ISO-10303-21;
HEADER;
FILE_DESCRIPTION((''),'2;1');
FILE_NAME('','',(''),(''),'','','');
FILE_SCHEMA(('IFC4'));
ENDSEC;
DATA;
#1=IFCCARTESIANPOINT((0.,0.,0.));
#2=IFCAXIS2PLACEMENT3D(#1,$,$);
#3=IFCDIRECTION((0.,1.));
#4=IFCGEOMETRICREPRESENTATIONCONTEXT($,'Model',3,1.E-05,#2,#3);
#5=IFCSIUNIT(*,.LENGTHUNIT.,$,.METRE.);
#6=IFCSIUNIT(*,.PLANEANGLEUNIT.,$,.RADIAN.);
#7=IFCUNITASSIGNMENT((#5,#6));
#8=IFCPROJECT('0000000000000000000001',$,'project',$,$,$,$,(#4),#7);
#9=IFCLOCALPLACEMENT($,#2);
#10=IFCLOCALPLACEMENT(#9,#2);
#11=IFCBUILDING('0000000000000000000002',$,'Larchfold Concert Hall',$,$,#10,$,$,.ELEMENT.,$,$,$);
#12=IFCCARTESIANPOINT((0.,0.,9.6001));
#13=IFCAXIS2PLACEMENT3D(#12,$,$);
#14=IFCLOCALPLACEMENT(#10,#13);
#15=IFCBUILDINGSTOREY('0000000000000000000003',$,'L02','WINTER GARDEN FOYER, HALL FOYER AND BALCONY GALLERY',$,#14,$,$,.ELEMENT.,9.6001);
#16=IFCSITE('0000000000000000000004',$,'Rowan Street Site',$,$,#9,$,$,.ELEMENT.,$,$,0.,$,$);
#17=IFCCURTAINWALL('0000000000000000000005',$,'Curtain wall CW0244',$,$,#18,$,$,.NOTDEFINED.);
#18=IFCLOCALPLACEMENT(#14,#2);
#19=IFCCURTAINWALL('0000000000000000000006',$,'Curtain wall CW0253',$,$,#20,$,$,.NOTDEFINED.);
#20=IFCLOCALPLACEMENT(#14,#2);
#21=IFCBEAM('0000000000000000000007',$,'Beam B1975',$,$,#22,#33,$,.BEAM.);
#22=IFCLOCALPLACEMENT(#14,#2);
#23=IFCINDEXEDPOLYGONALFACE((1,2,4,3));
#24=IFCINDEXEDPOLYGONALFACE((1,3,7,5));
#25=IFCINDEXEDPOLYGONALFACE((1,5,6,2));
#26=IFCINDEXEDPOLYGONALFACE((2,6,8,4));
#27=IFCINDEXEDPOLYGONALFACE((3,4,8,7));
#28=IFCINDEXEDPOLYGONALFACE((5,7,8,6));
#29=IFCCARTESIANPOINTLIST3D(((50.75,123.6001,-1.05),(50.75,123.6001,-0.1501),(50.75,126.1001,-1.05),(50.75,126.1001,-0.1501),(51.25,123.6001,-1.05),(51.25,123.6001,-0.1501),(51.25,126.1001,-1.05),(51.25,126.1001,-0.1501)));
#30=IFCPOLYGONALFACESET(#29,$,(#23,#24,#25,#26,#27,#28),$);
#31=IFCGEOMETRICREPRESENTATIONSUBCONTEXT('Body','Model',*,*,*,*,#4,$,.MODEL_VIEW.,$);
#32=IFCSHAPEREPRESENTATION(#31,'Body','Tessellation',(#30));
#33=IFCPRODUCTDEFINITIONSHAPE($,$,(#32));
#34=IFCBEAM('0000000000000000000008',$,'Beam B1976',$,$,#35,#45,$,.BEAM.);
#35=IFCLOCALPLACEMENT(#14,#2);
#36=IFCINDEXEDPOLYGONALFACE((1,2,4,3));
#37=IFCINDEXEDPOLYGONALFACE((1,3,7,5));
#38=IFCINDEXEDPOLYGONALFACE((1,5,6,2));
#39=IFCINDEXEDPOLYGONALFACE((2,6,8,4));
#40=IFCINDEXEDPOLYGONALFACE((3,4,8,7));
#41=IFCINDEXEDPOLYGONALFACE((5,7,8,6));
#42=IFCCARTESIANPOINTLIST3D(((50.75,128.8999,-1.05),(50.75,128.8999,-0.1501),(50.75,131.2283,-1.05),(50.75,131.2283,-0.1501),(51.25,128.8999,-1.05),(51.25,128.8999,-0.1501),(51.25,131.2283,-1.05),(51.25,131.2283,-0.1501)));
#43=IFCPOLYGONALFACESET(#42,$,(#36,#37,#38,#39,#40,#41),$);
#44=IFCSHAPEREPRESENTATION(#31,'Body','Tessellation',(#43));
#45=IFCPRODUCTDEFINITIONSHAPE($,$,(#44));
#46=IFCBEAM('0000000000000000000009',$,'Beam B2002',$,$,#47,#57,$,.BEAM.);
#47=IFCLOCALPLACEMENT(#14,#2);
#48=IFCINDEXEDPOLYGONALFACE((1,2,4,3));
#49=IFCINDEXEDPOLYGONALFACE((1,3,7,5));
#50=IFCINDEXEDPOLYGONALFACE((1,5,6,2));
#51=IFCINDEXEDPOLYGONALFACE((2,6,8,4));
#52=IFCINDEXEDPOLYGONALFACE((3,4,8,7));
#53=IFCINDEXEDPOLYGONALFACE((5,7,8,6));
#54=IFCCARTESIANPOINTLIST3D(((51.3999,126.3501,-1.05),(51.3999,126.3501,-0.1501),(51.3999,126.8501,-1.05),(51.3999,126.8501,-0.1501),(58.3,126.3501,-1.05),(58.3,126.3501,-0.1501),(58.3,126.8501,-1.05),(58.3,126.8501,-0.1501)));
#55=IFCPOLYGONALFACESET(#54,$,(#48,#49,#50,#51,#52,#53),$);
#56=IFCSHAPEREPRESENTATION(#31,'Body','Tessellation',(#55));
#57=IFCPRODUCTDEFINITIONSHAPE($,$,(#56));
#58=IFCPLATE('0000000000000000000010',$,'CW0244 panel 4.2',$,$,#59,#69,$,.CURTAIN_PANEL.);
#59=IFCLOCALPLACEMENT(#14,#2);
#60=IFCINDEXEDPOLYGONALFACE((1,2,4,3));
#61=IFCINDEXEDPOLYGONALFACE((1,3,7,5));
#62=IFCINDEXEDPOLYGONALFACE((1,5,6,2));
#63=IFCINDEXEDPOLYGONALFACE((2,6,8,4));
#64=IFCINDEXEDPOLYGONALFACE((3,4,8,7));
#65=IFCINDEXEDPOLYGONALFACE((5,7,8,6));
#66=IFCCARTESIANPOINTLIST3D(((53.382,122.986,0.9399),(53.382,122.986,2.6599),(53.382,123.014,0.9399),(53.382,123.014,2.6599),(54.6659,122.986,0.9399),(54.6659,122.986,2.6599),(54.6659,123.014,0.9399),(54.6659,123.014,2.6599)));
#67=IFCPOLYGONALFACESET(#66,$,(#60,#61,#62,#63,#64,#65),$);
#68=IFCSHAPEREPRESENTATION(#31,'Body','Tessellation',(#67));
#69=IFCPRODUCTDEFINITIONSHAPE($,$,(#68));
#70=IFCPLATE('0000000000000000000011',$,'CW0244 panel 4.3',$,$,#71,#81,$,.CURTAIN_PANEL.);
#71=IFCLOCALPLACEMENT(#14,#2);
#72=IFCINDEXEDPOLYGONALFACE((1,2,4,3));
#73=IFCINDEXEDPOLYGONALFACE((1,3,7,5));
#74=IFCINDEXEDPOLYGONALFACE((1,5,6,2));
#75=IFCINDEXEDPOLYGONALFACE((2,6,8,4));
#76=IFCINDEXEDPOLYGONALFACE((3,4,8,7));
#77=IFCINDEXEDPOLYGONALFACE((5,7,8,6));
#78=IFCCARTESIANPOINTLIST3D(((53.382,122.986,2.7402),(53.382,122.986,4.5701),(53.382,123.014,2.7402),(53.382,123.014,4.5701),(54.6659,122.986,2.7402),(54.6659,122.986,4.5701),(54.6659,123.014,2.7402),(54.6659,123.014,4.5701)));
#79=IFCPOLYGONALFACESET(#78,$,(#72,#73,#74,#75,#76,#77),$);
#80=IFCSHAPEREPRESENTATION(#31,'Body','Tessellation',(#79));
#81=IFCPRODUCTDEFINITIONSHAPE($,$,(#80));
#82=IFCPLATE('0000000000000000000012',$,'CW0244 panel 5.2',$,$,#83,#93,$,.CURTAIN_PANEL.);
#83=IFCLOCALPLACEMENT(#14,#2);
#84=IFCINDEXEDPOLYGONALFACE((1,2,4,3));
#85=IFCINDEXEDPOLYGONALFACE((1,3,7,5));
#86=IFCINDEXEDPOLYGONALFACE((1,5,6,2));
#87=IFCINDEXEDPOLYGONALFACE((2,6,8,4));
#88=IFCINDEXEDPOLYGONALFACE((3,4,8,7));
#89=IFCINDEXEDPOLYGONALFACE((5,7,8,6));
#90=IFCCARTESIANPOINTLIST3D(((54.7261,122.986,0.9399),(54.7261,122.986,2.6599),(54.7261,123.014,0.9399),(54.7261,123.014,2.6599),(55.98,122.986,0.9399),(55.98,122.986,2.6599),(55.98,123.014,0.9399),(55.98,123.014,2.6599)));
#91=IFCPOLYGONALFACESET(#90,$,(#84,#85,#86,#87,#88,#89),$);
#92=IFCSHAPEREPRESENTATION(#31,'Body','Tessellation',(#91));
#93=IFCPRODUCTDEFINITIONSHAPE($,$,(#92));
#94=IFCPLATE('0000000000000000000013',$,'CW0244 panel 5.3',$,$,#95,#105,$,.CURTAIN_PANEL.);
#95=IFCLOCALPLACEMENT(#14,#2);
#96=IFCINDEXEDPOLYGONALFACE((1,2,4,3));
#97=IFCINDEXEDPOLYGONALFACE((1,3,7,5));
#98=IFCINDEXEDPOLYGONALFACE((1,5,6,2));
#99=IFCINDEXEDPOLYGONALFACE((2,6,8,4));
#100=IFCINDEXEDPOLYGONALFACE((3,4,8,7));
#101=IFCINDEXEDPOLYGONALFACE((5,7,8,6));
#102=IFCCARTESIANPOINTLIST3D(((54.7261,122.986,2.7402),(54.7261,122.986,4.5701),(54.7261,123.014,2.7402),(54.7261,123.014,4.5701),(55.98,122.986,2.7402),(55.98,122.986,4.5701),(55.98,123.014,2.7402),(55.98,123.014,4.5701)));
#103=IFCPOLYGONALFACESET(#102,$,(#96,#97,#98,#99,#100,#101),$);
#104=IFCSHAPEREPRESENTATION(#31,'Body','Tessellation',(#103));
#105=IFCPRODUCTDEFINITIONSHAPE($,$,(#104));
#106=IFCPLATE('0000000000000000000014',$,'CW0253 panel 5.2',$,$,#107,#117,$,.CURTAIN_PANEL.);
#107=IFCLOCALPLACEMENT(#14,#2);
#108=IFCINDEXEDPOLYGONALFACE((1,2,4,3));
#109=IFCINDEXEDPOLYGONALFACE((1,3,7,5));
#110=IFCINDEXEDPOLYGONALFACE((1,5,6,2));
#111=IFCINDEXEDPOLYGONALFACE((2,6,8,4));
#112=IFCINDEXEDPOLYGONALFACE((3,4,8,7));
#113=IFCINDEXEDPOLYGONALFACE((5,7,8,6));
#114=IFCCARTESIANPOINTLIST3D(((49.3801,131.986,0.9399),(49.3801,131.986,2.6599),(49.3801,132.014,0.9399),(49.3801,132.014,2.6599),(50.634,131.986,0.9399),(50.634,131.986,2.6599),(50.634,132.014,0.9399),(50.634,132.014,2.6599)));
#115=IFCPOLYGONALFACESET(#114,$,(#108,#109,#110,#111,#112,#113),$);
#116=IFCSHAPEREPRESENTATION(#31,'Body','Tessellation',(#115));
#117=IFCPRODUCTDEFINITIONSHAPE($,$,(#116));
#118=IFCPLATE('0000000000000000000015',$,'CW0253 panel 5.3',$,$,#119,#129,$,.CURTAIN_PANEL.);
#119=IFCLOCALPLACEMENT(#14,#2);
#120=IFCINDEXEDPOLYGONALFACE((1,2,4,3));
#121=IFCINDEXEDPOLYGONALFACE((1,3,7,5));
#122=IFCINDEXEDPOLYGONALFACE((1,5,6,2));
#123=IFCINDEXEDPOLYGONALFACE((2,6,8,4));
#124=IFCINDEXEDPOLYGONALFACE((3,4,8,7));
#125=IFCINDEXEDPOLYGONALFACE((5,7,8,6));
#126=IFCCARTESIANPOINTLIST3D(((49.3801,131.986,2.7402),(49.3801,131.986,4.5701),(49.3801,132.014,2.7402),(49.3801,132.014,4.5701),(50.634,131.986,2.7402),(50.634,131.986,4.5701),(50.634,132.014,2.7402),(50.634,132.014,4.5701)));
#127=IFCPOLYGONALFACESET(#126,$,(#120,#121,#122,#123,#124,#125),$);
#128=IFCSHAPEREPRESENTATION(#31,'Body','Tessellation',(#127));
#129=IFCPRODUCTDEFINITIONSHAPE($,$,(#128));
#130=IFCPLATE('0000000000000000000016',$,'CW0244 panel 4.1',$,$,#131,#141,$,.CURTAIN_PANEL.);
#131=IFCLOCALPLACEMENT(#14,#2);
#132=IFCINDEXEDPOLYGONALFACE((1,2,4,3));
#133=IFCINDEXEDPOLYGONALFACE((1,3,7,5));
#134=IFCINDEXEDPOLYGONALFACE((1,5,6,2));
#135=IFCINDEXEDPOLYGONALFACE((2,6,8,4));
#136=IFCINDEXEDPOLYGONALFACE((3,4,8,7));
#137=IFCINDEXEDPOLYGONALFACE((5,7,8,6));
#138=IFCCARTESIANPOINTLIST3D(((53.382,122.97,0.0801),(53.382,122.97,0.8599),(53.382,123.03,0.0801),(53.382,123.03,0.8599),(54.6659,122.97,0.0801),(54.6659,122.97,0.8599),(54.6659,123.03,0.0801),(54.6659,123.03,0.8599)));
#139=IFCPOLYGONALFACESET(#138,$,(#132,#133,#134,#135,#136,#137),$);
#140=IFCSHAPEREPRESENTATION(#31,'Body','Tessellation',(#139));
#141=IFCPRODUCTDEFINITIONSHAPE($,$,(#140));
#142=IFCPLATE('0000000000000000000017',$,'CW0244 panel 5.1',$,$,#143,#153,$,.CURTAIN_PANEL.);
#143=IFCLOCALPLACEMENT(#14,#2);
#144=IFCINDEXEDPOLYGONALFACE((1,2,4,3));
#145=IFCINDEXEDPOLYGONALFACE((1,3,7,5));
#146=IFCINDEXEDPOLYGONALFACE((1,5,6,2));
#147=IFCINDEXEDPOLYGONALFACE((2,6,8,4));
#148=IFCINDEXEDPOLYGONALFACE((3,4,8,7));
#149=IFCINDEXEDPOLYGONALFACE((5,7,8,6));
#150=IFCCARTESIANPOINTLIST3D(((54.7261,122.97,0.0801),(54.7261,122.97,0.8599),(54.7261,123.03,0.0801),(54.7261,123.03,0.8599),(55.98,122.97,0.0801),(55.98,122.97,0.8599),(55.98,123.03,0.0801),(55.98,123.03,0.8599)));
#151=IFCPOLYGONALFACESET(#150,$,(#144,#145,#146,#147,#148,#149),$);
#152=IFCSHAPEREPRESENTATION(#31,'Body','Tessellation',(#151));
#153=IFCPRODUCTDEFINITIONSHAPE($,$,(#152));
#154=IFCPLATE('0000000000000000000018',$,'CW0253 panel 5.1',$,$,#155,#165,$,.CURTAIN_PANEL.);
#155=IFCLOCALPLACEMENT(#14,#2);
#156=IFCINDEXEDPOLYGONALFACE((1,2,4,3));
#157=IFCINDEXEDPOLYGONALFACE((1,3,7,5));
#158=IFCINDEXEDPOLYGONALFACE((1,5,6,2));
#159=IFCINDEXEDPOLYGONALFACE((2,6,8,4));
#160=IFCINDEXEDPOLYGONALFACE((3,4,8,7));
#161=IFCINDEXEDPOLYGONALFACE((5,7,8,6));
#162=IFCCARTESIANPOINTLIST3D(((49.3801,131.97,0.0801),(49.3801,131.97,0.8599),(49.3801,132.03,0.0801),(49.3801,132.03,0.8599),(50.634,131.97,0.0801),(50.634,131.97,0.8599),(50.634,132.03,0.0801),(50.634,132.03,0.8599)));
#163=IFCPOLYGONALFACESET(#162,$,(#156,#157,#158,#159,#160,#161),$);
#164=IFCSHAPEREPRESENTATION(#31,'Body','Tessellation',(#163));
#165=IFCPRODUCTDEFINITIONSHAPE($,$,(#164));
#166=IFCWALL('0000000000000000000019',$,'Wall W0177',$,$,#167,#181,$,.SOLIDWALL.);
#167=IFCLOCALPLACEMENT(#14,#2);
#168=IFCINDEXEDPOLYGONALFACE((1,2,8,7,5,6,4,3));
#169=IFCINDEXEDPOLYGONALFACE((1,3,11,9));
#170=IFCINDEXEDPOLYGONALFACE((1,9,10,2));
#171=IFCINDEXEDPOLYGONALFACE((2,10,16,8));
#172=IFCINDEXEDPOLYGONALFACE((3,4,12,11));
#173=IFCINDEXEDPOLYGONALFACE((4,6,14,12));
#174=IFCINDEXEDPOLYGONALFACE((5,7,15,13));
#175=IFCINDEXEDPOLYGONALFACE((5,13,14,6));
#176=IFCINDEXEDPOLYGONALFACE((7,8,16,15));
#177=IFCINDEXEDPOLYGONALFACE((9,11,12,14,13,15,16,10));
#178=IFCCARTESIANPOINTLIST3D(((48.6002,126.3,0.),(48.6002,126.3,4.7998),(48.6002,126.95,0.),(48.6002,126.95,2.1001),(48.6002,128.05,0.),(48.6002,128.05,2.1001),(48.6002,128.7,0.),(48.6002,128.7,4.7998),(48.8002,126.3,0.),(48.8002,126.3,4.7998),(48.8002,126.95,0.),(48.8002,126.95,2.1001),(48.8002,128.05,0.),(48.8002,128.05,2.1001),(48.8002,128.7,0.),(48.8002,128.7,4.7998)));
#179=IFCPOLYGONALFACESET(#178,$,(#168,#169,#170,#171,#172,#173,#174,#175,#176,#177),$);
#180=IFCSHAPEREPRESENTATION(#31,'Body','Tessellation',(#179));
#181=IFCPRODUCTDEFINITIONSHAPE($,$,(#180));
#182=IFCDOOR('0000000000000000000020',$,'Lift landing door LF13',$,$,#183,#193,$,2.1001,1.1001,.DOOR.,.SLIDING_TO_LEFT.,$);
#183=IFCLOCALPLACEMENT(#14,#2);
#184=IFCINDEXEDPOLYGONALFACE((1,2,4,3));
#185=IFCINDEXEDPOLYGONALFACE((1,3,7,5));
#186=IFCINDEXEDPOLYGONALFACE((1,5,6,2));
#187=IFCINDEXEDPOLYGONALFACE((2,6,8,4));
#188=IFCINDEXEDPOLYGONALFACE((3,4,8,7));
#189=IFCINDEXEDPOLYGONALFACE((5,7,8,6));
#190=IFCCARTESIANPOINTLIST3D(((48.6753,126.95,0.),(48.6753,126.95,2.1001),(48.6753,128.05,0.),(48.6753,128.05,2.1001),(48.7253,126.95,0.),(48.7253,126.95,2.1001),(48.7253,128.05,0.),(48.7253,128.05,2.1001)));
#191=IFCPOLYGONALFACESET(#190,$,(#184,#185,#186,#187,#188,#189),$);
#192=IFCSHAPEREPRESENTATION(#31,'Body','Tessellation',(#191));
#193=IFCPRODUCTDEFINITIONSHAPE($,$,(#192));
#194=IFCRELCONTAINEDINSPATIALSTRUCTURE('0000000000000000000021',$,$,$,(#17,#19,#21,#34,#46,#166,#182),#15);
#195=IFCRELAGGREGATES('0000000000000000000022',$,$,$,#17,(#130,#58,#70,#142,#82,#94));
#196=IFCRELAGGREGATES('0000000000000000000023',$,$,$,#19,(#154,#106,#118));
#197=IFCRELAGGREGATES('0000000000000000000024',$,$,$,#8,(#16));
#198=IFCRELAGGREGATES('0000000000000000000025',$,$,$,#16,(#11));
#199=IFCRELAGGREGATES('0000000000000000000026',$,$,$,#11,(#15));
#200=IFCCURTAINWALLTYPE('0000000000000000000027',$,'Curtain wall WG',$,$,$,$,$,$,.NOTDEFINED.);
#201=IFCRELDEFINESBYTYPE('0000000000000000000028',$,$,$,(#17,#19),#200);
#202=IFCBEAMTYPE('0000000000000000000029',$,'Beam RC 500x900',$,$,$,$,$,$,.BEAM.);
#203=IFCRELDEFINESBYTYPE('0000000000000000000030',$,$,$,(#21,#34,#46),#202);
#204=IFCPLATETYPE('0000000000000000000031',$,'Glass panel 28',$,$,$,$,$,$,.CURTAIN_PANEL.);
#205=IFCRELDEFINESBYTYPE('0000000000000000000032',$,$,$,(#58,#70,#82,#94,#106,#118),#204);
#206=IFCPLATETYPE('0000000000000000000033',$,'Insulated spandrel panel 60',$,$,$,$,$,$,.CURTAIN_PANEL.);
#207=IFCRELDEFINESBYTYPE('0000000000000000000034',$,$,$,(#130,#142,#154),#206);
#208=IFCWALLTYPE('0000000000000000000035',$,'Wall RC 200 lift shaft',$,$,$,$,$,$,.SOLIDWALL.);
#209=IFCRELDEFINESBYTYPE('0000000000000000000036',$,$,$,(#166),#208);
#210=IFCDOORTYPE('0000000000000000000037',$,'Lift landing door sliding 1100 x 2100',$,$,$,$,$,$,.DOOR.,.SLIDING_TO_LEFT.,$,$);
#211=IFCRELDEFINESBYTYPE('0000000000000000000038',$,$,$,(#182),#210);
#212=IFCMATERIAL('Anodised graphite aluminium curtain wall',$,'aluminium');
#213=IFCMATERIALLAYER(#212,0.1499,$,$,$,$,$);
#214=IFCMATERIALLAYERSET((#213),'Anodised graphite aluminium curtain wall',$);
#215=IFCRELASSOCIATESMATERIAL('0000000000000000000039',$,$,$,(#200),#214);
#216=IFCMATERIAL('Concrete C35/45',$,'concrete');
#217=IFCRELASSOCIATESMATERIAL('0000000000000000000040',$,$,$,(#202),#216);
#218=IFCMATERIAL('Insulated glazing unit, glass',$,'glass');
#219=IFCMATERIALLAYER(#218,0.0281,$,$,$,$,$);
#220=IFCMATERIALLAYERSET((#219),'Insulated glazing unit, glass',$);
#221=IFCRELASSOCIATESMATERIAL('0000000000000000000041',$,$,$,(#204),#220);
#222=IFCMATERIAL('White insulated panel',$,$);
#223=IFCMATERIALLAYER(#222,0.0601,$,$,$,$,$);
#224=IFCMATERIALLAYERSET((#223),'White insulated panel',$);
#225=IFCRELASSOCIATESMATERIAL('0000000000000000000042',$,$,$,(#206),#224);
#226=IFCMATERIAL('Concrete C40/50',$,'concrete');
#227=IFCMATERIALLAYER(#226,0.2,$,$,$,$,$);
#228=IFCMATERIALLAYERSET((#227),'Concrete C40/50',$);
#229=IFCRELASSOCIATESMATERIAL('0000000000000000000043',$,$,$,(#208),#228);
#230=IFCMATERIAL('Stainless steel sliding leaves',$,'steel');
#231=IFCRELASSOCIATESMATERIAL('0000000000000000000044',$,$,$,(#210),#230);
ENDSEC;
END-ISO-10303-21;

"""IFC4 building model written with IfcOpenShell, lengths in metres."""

from ifc_helpers import new_model, si_unit, direction, frame, frame_2d, origin, origin_2d, place, context, subcontext, project, spatial, rectangle, extrude, material, layer, layer_set, material_profile, profile_set, type_object, element, fill, aggregate, save


model = new_model("IFC4")

# Units and contexts
model_context = context("Model", 3, precision=1e-05, world=origin(), true_north=direction((0.0, 1.0)))
body_context = subcontext(model_context, "Body", "Model", "MODEL_VIEW")
ifc_project = project(units=[si_unit("LENGTHUNIT", "METRE"), si_unit("PLANEANGLEUNIT", "RADIAN")], contexts=[model_context])

# Site, building, storey
site_placement = place(None, origin())
site = spatial("IfcSite", under=ifc_project, at=site_placement, Name="Rowan Street Site", CompositionType="ELEMENT", RefElevation=0.0)
building_placement = place(site_placement, origin())
building = spatial("IfcBuilding", under=site, at=building_placement, Name="Larchfold Concert Hall", CompositionType="ELEMENT")
storey_placement = place(building_placement, frame((0.0, 0.0, 9.6001)))
storey = spatial("IfcBuildingStorey", under=building, at=storey_placement, Name="L02", Description="WINTER GARDEN FOYER, HALL FOYER AND BALCONY GALLERY", CompositionType="ELEMENT", Elevation=9.6001)

# Curtain walls
ifc_material_1 = material(Name="Anodised graphite aluminium curtain wall", Category="aluminium")
ifc_layer_1 = layer(ifc_material_1, 0.1499)
ifc_layer_set_1 = layer_set([ifc_layer_1], Name="Anodised graphite aluminium curtain wall")
curtain_wall_type = type_object("IfcCurtainWallType", Name="Curtain wall WG", PredefinedType="NOTDEFINED", material=ifc_layer_set_1)
curtain_wall_1_placement = place(storey_placement, origin())
curtain_wall_1 = element("IfcCurtainWall", 1, at=curtain_wall_1_placement, inside=storey, type_object=curtain_wall_type, Name="Curtain wall CW0244", PredefinedType="NOTDEFINED")
curtain_wall_2_placement = place(storey_placement, origin())
curtain_wall_2 = element("IfcCurtainWall", 2, at=curtain_wall_2_placement, inside=storey, type_object=curtain_wall_type, Name="Curtain wall CW0253", PredefinedType="NOTDEFINED")

# Beams
ifc_material_2 = material(Name="Concrete C35/45", Category="concrete")
ifc_material_profile_1 = material_profile(ifc_material_2, rectangle(XDim=0.5, YDim=0.8999, at=origin_2d()))
ifc_profile_set_1 = profile_set([ifc_material_profile_1], Name="Concrete C35/45")
beam_type = type_object("IfcBeamType", Name="Beam RC 500x900", PredefinedType="BEAM", material=ifc_profile_set_1)
beam_1_placement = place(storey_placement, frame((51.0, 123.6001, -0.6001), z_axis=(0.0, 1.0, 0.0), x_axis=(-1.0, 0.0, 0.0)))
element("IfcBeam", 3, at=beam_1_placement, inside=storey, type_object=beam_type, Name="Beam B1975", PredefinedType="BEAM", context=body_context, shape_type="SweptSolid", body=[
    extrude(rectangle(XDim=0.5, YDim=0.8999, at=origin_2d()), origin(), (0.0, 0.0, 1.0), 2.5),
])
beam_2_placement = place(storey_placement, frame((51.0, 128.8999, -0.6001), z_axis=(0.0, 1.0, 0.0), x_axis=(-1.0, 0.0, 0.0)))
element("IfcBeam", 4, at=beam_2_placement, inside=storey, type_object=beam_type, Name="Beam B1976", PredefinedType="BEAM", context=body_context, shape_type="SweptSolid", body=[
    extrude(rectangle(XDim=0.5, YDim=0.8999, at=origin_2d()), origin(), (0.0, 0.0, 1.0), 2.3284),
])
beam_3_placement = place(storey_placement, frame((51.3999, 126.6001, -0.6001), z_axis=(1.0, 0.0, 0.0), x_axis=(0.0, 1.0, 0.0)))
element("IfcBeam", 5, at=beam_3_placement, inside=storey, type_object=beam_type, Name="Beam B2002", PredefinedType="BEAM", context=body_context, shape_type="SweptSolid", body=[
    extrude(rectangle(XDim=0.5, YDim=0.8999, at=origin_2d()), origin(), (0.0, 0.0, 1.0), 6.9001),
])

# Plates
ifc_material_3 = material(Name="Insulated glazing unit, glass", Category="glass")
ifc_layer_2 = layer(ifc_material_3, 0.0281)
ifc_layer_set_2 = layer_set([ifc_layer_2], Name="Insulated glazing unit, glass")
plate_type_1 = type_object("IfcPlateType", Name="Glass panel 28", PredefinedType="CURTAIN_PANEL", material=ifc_layer_set_2)
plate_1_placement = place(storey_placement, frame((54.0239, 123.0, 0.9399), z_axis=(0.0, 0.0, 1.0), x_axis=(1.0, 0.0, 0.0)))
plate_1 = element("IfcPlate", 6, at=plate_1_placement, type_object=plate_type_1, Name="CW0244 panel 4.2", PredefinedType="CURTAIN_PANEL", context=body_context, shape_type="SweptSolid", body=[
    extrude(rectangle(XDim=1.2839, YDim=0.0281, at=origin_2d()), origin(), (0.0, 0.0, 1.0), 1.72),
])
plate_2_placement = place(storey_placement, frame((54.0239, 123.0, 2.7402), z_axis=(0.0, 0.0, 1.0), x_axis=(1.0, 0.0, 0.0)))
plate_2 = element("IfcPlate", 7, at=plate_2_placement, type_object=plate_type_1, Name="CW0244 panel 4.3", PredefinedType="CURTAIN_PANEL", context=body_context, shape_type="SweptSolid", body=[
    extrude(rectangle(XDim=1.2839, YDim=0.0281, at=origin_2d()), origin(), (0.0, 0.0, 1.0), 1.8298),
])
plate_3_placement = place(storey_placement, frame((55.353, 123.0, 0.9399), z_axis=(0.0, 0.0, 1.0), x_axis=(1.0, 0.0, 0.0)))
plate_3 = element("IfcPlate", 8, at=plate_3_placement, type_object=plate_type_1, Name="CW0244 panel 5.2", PredefinedType="CURTAIN_PANEL", context=body_context, shape_type="SweptSolid", body=[
    extrude(rectangle(XDim=1.2539, YDim=0.0281, at=origin_2d()), origin(), (0.0, 0.0, 1.0), 1.72),
])
plate_4_placement = place(storey_placement, frame((55.353, 123.0, 2.7402), z_axis=(0.0, 0.0, 1.0), x_axis=(1.0, 0.0, 0.0)))
plate_4 = element("IfcPlate", 9, at=plate_4_placement, type_object=plate_type_1, Name="CW0244 panel 5.3", PredefinedType="CURTAIN_PANEL", context=body_context, shape_type="SweptSolid", body=[
    extrude(rectangle(XDim=1.2539, YDim=0.0281, at=origin_2d()), origin(), (0.0, 0.0, 1.0), 1.8298),
])
plate_5_placement = place(storey_placement, frame((50.0071, 132.0, 0.9399), z_axis=(0.0, 0.0, 1.0), x_axis=(-1.0, 0.0, 0.0)))
plate_5 = element("IfcPlate", 10, at=plate_5_placement, type_object=plate_type_1, Name="CW0253 panel 5.2", PredefinedType="CURTAIN_PANEL", context=body_context, shape_type="SweptSolid", body=[
    extrude(rectangle(XDim=1.2539, YDim=0.0281, at=origin_2d()), origin(), (0.0, 0.0, 1.0), 1.72),
])
plate_6_placement = place(storey_placement, frame((50.0071, 132.0, 2.7402), z_axis=(0.0, 0.0, 1.0), x_axis=(-1.0, 0.0, 0.0)))
plate_6 = element("IfcPlate", 11, at=plate_6_placement, type_object=plate_type_1, Name="CW0253 panel 5.3", PredefinedType="CURTAIN_PANEL", context=body_context, shape_type="SweptSolid", body=[
    extrude(rectangle(XDim=1.2539, YDim=0.0281, at=origin_2d()), origin(), (0.0, 0.0, 1.0), 1.8298),
])
ifc_material_4 = material(Name="White insulated panel")
ifc_layer_3 = layer(ifc_material_4, 0.0601)
ifc_layer_set_3 = layer_set([ifc_layer_3], Name="White insulated panel")
plate_type_2 = type_object("IfcPlateType", Name="Insulated spandrel panel 60", PredefinedType="CURTAIN_PANEL", material=ifc_layer_set_3)
plate_7_placement = place(storey_placement, frame((54.0239, 123.0, 0.0801), z_axis=(0.0, 0.0, 1.0), x_axis=(1.0, 0.0, 0.0)))
plate_7 = element("IfcPlate", 12, at=plate_7_placement, type_object=plate_type_2, Name="CW0244 panel 4.1", PredefinedType="CURTAIN_PANEL", context=body_context, shape_type="SweptSolid", body=[
    extrude(rectangle(XDim=1.2839, YDim=0.0601, at=origin_2d()), origin(), (0.0, 0.0, 1.0), 0.7798),
])
plate_8_placement = place(storey_placement, frame((55.353, 123.0, 0.0801), z_axis=(0.0, 0.0, 1.0), x_axis=(1.0, 0.0, 0.0)))
plate_8 = element("IfcPlate", 13, at=plate_8_placement, type_object=plate_type_2, Name="CW0244 panel 5.1", PredefinedType="CURTAIN_PANEL", context=body_context, shape_type="SweptSolid", body=[
    extrude(rectangle(XDim=1.2539, YDim=0.0601, at=origin_2d()), origin(), (0.0, 0.0, 1.0), 0.7798),
])
aggregate(curtain_wall_1, [plate_7, plate_1, plate_2, plate_8, plate_3, plate_4])
plate_9_placement = place(storey_placement, frame((50.0071, 132.0, 0.0801), z_axis=(0.0, 0.0, 1.0), x_axis=(-1.0, 0.0, 0.0)))
plate_9 = element("IfcPlate", 14, at=plate_9_placement, type_object=plate_type_2, Name="CW0253 panel 5.1", PredefinedType="CURTAIN_PANEL", context=body_context, shape_type="SweptSolid", body=[
    extrude(rectangle(XDim=1.2539, YDim=0.0601, at=origin_2d()), origin(), (0.0, 0.0, 1.0), 0.7798),
])
aggregate(curtain_wall_2, [plate_9, plate_5, plate_6])

# Wall, opening, door
ifc_material_5 = material(Name="Concrete C40/50", Category="concrete")
ifc_layer_4 = layer(ifc_material_5, 0.2)
ifc_layer_set_4 = layer_set([ifc_layer_4], Name="Concrete C40/50")
wall_type = type_object("IfcWallType", Name="Wall RC 200 lift shaft", PredefinedType="SOLIDWALL", material=ifc_layer_set_4)
wall_1_placement = place(storey_placement, frame((48.7002, 126.3, 0.0), z_axis=(0.0, 0.0, 1.0), x_axis=(0.0, 1.0, 0.0)))
wall_1 = element("IfcWall", 15, at=wall_1_placement, inside=storey, type_object=wall_type, Name="Wall W0177", PredefinedType="SOLIDWALL", context=body_context, shape_type="SweptSolid", body=[
    extrude(rectangle(XDim=2.3999, YDim=0.2, at=frame_2d((1.2, 0.0))), origin(), (0.0, 0.0, 1.0), 4.7998),
])
opening_placement = place(wall_1_placement, frame((0.6499, 0.0, 0.0)))
opening = element("IfcOpeningElement", 16, at=opening_placement, cuts=wall_1, PredefinedType="OPENING", context=body_context, shape_type="SweptSolid", body=[
    extrude(rectangle(XDim=1.1001, YDim=2.1001, at=frame_2d((0.55, 1.05))), frame((0.0, 0.1099, 0.0), z_axis=(0.0, -1.0, 0.0), x_axis=(1.0, 0.0, 0.0)), (0.0, 0.0, 1.0), 0.22),
])
ifc_material_6 = material(Name="Stainless steel sliding leaves", Category="steel")
door_type = type_object("IfcDoorType", Name="Lift landing door sliding 1100 x 2100", OperationType="SLIDING_TO_LEFT", PredefinedType="DOOR", material=ifc_material_6)
door_placement = place(opening_placement, origin())
door = element("IfcDoor", 17, at=door_placement, inside=storey, type_object=door_type, Name="Lift landing door LF13", OperationType="SLIDING_TO_LEFT", OverallHeight=2.1001, OverallWidth=1.1001, PredefinedType="DOOR", context=body_context, shape_type="SweptSolid", body=[
    extrude(rectangle(XDim=1.1001, YDim=2.1001, at=frame_2d((0.55, 1.05))), frame((0.0, 0.0249, 0.0), z_axis=(0.0, -1.0, 0.0), x_axis=(1.0, 0.0, 0.0)), (0.0, 0.0, 1.0), 0.05),
])
fill(opening, door)

save(model, "model.ifc")
